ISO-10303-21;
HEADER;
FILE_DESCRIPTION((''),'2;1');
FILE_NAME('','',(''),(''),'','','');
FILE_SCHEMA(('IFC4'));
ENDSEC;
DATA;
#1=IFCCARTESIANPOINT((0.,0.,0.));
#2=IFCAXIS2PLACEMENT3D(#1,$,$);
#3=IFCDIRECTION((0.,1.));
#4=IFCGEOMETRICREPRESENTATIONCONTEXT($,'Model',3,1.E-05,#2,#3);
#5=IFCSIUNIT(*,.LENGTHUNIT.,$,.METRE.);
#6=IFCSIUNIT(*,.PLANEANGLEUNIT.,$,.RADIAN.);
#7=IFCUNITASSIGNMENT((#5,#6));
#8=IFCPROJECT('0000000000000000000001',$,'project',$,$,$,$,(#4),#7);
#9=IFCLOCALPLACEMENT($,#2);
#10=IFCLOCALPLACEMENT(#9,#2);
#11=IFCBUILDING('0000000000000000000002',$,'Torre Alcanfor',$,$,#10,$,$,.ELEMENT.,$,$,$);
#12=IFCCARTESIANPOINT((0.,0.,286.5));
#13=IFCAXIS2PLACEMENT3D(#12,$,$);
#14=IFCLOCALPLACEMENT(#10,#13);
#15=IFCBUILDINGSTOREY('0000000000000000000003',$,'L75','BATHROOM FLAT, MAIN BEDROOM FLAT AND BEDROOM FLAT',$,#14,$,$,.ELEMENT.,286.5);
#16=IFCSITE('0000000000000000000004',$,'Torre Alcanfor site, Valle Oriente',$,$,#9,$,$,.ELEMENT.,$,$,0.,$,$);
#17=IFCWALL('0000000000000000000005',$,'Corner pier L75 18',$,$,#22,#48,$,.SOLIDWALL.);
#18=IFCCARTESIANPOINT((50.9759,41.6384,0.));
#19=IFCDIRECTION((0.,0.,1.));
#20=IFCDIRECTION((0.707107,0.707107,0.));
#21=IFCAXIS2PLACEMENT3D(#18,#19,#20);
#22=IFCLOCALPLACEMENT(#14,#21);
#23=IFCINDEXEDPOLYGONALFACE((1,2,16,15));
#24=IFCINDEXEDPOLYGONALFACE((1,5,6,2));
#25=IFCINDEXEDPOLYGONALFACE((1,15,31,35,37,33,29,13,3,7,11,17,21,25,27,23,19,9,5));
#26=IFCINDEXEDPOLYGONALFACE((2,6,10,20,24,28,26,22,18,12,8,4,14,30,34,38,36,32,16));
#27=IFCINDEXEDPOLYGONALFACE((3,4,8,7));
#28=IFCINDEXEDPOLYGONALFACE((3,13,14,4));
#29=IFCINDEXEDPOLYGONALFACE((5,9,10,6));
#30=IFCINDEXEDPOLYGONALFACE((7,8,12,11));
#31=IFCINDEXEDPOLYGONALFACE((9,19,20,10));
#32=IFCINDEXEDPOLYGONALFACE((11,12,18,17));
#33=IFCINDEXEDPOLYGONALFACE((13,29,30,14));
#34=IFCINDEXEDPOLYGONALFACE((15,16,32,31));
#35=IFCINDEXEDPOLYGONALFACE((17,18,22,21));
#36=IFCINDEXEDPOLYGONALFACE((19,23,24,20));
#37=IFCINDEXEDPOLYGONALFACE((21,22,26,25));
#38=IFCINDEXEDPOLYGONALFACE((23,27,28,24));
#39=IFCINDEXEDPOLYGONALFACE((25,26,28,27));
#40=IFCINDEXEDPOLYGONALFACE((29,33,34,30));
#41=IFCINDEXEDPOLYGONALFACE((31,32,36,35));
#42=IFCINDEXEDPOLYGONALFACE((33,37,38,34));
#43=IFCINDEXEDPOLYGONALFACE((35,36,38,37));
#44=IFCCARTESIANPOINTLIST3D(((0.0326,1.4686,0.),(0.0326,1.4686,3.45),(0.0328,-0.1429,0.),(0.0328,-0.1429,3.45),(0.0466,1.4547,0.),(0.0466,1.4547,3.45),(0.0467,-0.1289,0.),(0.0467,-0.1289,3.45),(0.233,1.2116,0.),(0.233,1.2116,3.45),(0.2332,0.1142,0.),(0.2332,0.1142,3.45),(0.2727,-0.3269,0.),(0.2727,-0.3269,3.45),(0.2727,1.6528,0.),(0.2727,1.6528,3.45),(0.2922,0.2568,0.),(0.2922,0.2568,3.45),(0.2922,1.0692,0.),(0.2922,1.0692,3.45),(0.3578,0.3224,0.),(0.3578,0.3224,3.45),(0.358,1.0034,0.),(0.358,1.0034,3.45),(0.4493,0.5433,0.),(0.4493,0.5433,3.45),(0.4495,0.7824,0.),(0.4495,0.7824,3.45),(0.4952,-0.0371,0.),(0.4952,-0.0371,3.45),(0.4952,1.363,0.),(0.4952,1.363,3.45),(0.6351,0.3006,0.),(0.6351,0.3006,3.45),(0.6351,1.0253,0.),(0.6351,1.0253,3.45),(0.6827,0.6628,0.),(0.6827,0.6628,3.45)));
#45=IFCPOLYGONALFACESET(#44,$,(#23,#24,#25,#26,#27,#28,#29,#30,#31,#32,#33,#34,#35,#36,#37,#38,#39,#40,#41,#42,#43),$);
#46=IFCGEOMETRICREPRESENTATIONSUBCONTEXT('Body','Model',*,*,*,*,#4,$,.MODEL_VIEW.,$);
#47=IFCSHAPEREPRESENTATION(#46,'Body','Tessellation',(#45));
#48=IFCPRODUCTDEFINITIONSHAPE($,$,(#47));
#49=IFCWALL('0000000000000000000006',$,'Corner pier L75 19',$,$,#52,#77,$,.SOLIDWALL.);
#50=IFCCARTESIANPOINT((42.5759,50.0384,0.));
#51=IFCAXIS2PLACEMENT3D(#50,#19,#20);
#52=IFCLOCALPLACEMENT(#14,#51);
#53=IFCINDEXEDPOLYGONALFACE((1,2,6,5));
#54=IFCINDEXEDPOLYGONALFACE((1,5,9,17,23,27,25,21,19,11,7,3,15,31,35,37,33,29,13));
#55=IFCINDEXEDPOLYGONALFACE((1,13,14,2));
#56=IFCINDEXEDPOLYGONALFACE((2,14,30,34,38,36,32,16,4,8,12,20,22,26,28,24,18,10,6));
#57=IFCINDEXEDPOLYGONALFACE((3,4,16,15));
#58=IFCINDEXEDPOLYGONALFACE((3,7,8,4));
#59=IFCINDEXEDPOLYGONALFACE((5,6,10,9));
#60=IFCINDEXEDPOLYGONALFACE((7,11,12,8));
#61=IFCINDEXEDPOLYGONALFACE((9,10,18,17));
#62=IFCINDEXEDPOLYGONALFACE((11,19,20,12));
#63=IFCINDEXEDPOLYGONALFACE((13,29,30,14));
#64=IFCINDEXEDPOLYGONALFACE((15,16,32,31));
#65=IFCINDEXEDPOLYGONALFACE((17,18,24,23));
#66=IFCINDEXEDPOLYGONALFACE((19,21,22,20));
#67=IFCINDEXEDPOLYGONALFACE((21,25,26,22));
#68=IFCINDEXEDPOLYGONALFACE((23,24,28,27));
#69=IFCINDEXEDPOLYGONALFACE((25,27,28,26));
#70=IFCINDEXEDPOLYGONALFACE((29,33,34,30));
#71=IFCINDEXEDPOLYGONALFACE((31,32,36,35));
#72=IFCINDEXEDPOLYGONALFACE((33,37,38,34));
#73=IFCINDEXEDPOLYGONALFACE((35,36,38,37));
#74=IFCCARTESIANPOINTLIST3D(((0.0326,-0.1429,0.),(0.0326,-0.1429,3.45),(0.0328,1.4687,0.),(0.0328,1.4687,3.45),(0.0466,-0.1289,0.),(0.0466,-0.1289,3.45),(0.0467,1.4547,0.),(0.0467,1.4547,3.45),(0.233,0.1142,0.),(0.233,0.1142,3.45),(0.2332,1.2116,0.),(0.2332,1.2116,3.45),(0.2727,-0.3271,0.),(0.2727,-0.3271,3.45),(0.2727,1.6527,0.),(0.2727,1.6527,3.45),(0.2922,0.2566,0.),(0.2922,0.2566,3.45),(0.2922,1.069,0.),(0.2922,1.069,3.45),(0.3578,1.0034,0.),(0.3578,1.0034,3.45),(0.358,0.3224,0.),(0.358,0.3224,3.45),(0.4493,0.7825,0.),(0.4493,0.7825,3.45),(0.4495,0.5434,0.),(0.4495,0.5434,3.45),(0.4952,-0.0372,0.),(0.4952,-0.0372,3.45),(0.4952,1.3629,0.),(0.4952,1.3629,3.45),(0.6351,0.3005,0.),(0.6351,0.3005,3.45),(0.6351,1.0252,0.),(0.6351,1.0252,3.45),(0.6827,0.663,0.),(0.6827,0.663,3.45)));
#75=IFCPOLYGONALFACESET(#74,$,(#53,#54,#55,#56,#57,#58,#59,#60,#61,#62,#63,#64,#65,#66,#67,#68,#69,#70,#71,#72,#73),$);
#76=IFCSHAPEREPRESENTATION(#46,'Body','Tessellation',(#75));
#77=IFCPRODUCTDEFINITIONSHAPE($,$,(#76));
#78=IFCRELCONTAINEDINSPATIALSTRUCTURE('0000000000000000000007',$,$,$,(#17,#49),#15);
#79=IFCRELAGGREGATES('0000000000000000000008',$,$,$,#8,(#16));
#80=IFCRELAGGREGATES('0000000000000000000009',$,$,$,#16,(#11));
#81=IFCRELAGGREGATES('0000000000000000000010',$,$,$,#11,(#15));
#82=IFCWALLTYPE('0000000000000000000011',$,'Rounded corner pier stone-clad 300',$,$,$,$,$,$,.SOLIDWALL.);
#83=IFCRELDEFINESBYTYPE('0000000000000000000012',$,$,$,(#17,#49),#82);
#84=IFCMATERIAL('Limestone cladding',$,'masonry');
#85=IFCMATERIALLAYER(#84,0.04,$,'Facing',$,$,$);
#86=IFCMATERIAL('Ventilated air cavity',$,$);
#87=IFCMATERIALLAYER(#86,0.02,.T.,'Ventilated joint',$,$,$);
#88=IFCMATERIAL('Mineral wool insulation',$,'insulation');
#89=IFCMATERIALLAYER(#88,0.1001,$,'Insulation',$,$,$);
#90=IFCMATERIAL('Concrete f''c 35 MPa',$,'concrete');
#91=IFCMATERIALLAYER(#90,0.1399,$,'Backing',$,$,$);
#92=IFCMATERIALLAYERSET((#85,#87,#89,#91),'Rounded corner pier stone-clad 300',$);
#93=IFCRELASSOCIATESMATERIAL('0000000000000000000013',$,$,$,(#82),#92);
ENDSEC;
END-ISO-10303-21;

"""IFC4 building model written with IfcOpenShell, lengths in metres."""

from ifc_helpers import new_model, si_unit, direction, frame, origin, place, context, subcontext, project, spatial, polyline, outline, extrude, material, layer, layer_set, type_object, element, save


model = new_model("IFC4")

# Units and contexts
model_context = context("Model", 3, precision=1e-05, world=origin(), true_north=direction((0.0, 1.0)))
body_context = subcontext(model_context, "Body", "Model", "MODEL_VIEW")
ifc_project = project(units=[si_unit("LENGTHUNIT", "METRE"), si_unit("PLANEANGLEUNIT", "RADIAN")], contexts=[model_context])

# Site, building, storey
site_placement = place(None, origin())
site = spatial("IfcSite", under=ifc_project, at=site_placement, Name="Torre Alcanfor site, Valle Oriente", CompositionType="ELEMENT", RefElevation=0.0)
building_placement = place(site_placement, origin())
building = spatial("IfcBuilding", under=site, at=building_placement, Name="Torre Alcanfor", CompositionType="ELEMENT")
storey_placement = place(building_placement, frame((0.0, 0.0, 286.5)))
storey = spatial("IfcBuildingStorey", under=building, at=storey_placement, Name="L75", Description="BATHROOM FLAT, MAIN BEDROOM FLAT AND BEDROOM FLAT", CompositionType="ELEMENT", Elevation=286.5)

# Shared definitions
ifc_material_1 = material(Name="Limestone cladding", Category="masonry")
ifc_material_2 = material(Name="Ventilated air cavity")
ifc_material_3 = material(Name="Mineral wool insulation", Category="insulation")
ifc_material_4 = material(Name="Concrete f'c 35 MPa", Category="concrete")

# Walls
ifc_layer_1 = layer(ifc_material_1, 0.04, Name="Facing")
ifc_layer_2 = layer(ifc_material_2, 0.02, ventilated=True, Name="Ventilated joint")
ifc_layer_3 = layer(ifc_material_3, 0.1001, Name="Insulation")
ifc_layer_4 = layer(ifc_material_4, 0.1399, Name="Backing")
ifc_layer_set_1 = layer_set([ifc_layer_1, ifc_layer_2, ifc_layer_3, ifc_layer_4], Name="Rounded corner pier stone-clad 300")
wall_type_1 = type_object("IfcWallType", Name="Rounded corner pier stone-clad 300", PredefinedType="SOLIDWALL", material=ifc_layer_set_1)
wall_1_placement = place(storey_placement, frame((50.9759, 41.6384, 0.0), z_axis=(0.0, 0.0, 1.0), x_axis=(0.707107, 0.707107, 0.0)))
element("IfcWall", 1, at=wall_1_placement, inside=storey, type_object=wall_type_1, Name="Corner pier L75 18", PredefinedType="SOLIDWALL", context=body_context, shape_type="SweptSolid", body=[
    extrude(outline(polyline([(0.2332, 0.1142), (0.0467, -0.1289), (0.0328, -0.1429), (0.2727, -0.3269), (0.4952, -0.0371), (0.6351, 0.3006), (0.6827, 0.6628), (0.6351, 1.0253), (0.4952, 1.363), (0.2727, 1.6528), (0.0326, 1.4686), (0.0466, 1.4547), (0.233, 1.2116), (0.2922, 1.0692), (0.358, 1.0034), (0.4495, 0.7824), (0.4493, 0.5433), (0.3578, 0.3224), (0.2922, 0.2568), (0.2332, 0.1142)])), origin(), (0.0, 0.0, 1.0), 3.45),
])
wall_2_placement = place(storey_placement, frame((42.5759, 50.0384, 0.0), z_axis=(0.0, 0.0, 1.0), x_axis=(0.707107, 0.707107, 0.0)))
element("IfcWall", 2, at=wall_2_placement, inside=storey, type_object=wall_type_1, Name="Corner pier L75 19", PredefinedType="SOLIDWALL", context=body_context, shape_type="SweptSolid", body=[
    extrude(outline(polyline([(0.233, 0.1142), (0.0466, -0.1289), (0.0326, -0.1429), (0.2727, -0.3271), (0.4952, -0.0372), (0.6351, 0.3005), (0.6827, 0.663), (0.6351, 1.0252), (0.4952, 1.3629), (0.2727, 1.6527), (0.0328, 1.4687), (0.0467, 1.4547), (0.2332, 1.2116), (0.2922, 1.069), (0.3578, 1.0034), (0.4493, 0.7825), (0.4495, 0.5434), (0.358, 0.3224), (0.2922, 0.2566), (0.233, 0.1142)])), origin(), (0.0, 0.0, 1.0), 3.45),
])

save(model, "model.ifc")
